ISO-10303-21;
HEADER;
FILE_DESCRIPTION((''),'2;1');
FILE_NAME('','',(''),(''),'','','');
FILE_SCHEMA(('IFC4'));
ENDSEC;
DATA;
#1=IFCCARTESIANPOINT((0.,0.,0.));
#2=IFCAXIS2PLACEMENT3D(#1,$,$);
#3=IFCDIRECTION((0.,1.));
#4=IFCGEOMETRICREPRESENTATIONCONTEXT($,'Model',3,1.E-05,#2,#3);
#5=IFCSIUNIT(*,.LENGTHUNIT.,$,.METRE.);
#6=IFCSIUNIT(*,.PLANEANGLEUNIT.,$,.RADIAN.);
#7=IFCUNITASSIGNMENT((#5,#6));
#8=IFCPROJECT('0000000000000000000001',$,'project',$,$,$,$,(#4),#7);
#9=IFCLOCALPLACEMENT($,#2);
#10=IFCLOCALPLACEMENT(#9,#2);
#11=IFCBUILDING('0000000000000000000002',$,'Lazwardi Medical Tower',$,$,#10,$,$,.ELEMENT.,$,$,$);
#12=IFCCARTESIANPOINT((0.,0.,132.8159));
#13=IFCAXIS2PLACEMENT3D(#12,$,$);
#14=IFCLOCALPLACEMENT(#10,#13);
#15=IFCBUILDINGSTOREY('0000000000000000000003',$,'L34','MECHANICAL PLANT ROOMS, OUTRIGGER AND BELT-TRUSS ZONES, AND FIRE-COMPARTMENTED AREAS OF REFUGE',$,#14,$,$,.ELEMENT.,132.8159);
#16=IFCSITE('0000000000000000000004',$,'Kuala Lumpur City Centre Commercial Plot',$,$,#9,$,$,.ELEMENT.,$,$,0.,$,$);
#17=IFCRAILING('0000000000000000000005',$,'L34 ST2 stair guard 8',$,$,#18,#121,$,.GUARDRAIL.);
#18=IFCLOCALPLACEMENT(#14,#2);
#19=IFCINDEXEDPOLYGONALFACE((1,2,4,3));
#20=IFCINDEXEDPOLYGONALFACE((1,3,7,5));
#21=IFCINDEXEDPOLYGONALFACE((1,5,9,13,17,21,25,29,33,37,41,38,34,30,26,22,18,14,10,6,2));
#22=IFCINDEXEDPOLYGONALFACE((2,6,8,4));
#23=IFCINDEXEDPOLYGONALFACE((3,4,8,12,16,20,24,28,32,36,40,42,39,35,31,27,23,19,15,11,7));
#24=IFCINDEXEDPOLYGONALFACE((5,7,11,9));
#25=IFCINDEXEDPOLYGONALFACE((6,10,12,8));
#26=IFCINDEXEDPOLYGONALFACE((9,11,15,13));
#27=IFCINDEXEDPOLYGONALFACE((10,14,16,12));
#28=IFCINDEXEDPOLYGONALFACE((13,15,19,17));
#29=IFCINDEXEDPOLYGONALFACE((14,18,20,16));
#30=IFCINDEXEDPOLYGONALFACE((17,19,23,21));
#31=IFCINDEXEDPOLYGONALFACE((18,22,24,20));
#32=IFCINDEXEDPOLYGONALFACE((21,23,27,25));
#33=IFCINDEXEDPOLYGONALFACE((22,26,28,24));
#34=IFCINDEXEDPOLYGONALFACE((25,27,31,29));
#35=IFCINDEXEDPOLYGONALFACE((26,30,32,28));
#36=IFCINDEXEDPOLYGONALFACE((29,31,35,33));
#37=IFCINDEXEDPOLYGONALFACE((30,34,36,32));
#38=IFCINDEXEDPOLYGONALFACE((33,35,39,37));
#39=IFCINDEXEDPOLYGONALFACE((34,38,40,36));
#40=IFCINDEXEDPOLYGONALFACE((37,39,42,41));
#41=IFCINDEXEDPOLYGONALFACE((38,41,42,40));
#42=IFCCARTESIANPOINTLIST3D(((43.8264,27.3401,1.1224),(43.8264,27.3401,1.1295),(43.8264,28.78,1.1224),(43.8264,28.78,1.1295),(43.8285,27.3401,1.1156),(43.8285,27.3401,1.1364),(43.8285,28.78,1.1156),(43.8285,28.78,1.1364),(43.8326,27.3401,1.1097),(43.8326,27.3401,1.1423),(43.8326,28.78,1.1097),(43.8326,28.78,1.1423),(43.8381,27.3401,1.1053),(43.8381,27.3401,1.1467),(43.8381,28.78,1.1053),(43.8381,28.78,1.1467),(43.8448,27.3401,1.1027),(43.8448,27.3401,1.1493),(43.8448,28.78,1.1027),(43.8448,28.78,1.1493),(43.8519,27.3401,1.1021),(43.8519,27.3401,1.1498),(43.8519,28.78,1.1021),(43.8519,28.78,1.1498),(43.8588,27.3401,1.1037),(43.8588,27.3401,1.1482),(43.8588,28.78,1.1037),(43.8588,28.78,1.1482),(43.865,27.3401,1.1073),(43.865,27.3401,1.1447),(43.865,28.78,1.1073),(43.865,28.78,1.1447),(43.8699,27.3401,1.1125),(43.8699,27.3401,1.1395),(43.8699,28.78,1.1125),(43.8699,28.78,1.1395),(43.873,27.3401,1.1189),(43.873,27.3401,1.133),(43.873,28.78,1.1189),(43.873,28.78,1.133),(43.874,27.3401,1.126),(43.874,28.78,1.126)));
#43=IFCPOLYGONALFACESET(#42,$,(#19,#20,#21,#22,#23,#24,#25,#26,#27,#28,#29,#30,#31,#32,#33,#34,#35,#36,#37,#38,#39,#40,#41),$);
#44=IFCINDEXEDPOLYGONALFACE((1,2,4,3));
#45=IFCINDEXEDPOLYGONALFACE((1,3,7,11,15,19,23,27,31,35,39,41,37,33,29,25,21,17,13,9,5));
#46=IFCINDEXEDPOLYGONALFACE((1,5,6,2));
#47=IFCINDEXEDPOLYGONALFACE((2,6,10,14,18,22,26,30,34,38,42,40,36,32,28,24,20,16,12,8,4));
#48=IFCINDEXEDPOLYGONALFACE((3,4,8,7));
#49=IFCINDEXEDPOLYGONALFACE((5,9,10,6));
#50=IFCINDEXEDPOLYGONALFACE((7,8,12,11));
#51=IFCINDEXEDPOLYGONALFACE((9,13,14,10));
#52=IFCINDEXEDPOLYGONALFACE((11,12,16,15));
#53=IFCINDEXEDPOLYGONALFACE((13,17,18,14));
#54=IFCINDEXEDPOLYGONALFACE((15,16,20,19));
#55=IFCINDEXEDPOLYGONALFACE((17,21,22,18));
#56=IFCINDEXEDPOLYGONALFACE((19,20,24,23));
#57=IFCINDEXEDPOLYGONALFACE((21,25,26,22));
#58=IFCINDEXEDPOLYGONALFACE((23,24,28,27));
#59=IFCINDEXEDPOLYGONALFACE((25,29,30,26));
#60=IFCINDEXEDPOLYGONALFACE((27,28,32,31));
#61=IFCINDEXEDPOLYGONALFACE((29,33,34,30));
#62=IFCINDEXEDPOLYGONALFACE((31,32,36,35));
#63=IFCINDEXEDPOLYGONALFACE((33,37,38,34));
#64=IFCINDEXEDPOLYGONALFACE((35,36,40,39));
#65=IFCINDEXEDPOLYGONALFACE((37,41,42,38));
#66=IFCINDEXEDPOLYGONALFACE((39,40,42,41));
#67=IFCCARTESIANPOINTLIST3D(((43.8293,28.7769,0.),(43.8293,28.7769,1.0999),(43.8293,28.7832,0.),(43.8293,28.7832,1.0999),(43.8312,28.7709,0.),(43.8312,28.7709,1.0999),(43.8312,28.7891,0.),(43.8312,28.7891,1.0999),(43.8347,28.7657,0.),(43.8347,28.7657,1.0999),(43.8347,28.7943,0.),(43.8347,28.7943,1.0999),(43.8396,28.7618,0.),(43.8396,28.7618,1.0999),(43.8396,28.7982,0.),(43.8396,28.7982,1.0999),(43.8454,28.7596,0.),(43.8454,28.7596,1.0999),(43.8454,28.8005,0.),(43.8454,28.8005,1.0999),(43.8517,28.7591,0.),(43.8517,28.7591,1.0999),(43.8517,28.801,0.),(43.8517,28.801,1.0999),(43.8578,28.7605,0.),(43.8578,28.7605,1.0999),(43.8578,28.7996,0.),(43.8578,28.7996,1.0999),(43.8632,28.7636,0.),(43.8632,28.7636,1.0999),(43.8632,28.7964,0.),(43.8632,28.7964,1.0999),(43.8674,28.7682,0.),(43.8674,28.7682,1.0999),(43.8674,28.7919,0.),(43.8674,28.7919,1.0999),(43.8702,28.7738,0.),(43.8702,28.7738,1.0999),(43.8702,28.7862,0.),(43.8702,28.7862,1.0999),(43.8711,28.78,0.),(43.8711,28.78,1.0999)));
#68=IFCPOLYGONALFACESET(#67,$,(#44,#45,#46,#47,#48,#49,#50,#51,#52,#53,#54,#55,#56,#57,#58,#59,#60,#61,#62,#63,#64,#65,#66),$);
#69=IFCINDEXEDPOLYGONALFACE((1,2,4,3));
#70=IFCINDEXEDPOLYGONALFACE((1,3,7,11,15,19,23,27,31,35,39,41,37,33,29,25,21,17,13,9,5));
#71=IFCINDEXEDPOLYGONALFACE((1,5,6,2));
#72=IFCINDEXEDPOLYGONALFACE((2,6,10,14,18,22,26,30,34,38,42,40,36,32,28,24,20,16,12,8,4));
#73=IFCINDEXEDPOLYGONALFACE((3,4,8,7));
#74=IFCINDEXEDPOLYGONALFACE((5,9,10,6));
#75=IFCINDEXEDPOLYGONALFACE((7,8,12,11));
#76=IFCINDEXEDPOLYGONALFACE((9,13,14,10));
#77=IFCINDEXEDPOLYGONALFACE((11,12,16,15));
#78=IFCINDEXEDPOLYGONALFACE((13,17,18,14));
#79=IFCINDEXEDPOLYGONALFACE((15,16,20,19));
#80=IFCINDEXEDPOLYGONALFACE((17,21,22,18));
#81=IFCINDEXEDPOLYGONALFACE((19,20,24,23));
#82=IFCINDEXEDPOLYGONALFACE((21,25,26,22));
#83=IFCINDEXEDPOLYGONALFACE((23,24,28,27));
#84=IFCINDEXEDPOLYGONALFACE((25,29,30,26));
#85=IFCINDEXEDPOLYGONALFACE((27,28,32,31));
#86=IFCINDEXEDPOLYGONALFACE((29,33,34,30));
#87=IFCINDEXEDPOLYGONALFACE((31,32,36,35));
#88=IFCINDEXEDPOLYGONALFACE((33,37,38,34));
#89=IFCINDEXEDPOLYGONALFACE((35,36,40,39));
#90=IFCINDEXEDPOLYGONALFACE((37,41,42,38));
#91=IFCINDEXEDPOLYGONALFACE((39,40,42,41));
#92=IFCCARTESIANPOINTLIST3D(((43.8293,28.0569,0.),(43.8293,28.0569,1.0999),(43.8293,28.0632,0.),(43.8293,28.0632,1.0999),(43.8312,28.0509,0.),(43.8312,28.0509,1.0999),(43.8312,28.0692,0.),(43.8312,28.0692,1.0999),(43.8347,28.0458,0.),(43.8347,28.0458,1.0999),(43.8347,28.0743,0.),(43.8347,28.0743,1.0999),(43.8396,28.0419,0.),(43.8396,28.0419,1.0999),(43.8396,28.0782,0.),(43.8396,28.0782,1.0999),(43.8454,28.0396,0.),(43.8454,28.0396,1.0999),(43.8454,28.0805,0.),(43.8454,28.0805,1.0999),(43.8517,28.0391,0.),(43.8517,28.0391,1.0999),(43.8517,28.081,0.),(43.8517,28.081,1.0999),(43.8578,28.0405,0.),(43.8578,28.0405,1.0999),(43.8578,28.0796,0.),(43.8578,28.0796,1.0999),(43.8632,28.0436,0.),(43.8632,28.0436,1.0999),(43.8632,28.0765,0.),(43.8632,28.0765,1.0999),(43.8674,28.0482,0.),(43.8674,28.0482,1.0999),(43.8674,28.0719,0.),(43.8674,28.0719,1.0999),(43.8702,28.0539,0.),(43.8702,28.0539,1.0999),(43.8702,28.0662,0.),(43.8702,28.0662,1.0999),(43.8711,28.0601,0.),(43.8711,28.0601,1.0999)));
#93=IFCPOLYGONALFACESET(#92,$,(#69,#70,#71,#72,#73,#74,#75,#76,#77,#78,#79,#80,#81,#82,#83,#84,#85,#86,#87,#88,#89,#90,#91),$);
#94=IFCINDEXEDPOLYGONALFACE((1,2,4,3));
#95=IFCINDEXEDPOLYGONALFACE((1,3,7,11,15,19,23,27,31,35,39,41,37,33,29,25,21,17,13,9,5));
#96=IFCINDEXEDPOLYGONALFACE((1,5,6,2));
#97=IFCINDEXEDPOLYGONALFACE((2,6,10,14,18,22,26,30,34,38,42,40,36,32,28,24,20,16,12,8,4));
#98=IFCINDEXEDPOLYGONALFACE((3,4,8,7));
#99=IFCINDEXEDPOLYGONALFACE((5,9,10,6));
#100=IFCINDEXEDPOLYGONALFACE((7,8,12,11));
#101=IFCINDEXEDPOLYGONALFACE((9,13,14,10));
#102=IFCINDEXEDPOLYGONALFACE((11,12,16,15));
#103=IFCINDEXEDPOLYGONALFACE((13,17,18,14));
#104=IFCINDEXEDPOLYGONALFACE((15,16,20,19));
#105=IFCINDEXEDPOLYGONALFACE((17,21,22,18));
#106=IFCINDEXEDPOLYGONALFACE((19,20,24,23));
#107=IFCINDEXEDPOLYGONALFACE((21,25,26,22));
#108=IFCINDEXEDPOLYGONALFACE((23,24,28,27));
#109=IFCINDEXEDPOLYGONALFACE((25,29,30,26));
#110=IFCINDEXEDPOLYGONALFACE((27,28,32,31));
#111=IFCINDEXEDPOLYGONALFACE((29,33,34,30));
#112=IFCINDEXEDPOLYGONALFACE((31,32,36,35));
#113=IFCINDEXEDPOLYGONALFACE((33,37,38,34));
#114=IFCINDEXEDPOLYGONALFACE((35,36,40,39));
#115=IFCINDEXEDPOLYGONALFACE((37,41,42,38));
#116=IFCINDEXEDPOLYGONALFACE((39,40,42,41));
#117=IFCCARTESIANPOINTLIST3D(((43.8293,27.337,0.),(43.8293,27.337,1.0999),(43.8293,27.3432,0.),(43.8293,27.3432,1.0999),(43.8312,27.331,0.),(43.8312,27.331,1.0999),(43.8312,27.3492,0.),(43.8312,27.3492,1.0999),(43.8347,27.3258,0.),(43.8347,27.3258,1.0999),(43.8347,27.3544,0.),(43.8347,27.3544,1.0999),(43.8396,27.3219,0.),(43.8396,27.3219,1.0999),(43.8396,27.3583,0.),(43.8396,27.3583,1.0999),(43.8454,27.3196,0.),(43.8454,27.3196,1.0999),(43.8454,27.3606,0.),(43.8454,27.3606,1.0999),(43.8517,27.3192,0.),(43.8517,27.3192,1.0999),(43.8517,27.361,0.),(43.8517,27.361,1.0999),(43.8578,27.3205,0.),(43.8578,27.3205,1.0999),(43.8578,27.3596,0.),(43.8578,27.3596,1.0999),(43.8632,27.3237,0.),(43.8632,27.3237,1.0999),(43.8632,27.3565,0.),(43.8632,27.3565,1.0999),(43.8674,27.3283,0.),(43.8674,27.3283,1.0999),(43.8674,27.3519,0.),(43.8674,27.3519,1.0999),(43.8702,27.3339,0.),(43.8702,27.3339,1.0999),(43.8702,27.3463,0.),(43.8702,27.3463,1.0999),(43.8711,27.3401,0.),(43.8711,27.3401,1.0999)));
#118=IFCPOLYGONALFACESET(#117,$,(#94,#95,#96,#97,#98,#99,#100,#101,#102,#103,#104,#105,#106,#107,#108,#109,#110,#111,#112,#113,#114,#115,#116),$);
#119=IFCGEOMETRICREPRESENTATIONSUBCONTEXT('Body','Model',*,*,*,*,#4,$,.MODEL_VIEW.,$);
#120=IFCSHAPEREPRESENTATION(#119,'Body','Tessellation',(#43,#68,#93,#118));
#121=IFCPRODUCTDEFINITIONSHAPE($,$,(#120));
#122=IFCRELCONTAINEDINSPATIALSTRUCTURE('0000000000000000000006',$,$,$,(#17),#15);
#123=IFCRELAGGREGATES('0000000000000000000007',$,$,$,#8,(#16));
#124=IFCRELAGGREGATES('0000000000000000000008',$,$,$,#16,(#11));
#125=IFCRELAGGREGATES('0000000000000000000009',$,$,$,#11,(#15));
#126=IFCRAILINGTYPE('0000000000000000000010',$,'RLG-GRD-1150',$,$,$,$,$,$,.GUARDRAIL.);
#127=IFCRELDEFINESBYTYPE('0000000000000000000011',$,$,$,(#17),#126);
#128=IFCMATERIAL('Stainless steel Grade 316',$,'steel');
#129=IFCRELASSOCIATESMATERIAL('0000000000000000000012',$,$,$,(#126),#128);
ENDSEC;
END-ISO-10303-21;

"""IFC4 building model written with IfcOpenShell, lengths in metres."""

from ifc_helpers import new_model, si_unit, direction, frame, origin, origin_2d, place, context, subcontext, project, spatial, circle, extrude, material, type_object, element, save


model = new_model("IFC4")

# Units and contexts
model_context = context("Model", 3, precision=1e-05, world=origin(), true_north=direction((0.0, 1.0)))
body_context = subcontext(model_context, "Body", "Model", "MODEL_VIEW")
ifc_project = project(units=[si_unit("LENGTHUNIT", "METRE"), si_unit("PLANEANGLEUNIT", "RADIAN")], contexts=[model_context])

# Site, building, storey
site_placement = place(None, origin())
site = spatial("IfcSite", under=ifc_project, at=site_placement, Name="Kuala Lumpur City Centre Commercial Plot", CompositionType="ELEMENT", RefElevation=0.0)
building_placement = place(site_placement, origin())
building = spatial("IfcBuilding", under=site, at=building_placement, Name="Lazwardi Medical Tower", CompositionType="ELEMENT")
storey_placement = place(building_placement, frame((0.0, 0.0, 132.8159)))
storey = spatial("IfcBuildingStorey", under=building, at=storey_placement, Name="L34", Description="MECHANICAL PLANT ROOMS, OUTRIGGER AND BELT-TRUSS ZONES, AND FIRE-COMPARTMENTED AREAS OF REFUGE", CompositionType="ELEMENT", Elevation=132.8159)

# Railing
ifc_material_1 = material(Name="Stainless steel Grade 316", Category="steel")
railing_type_1 = type_object("IfcRailingType", Name="RLG-GRD-1150", PredefinedType="GUARDRAIL", material=ifc_material_1)
railing_1_placement = place(storey_placement, frame((43.8501, 28.78, 0.0)))
element("IfcRailing", 1, at=railing_1_placement, inside=storey, type_object=railing_type_1, Name="L34 ST2 stair guard 8", PredefinedType="GUARDRAIL", context=body_context, shape_type="SweptSolid", body=[
    extrude(circle(Radius=0.0239, at=origin_2d()), frame((0.0, 0.0, 1.126), z_axis=(0.0, -1.0, 0.0), x_axis=(1.0, 0.0, 0.0)), (0.0, 0.0, 1.0), 1.4399),
    extrude(circle(Radius=0.021, at=origin_2d()), origin(), (0.0, 0.0, 1.0), 1.0999),
    extrude(circle(Radius=0.021, at=origin_2d()), frame((0.0, -0.72, 0.0)), (0.0, 0.0, 1.0), 1.0999),
    extrude(circle(Radius=0.021, at=origin_2d()), frame((0.0, -1.4399, 0.0)), (0.0, 0.0, 1.0), 1.0999),
])

save(model, "model.ifc")
